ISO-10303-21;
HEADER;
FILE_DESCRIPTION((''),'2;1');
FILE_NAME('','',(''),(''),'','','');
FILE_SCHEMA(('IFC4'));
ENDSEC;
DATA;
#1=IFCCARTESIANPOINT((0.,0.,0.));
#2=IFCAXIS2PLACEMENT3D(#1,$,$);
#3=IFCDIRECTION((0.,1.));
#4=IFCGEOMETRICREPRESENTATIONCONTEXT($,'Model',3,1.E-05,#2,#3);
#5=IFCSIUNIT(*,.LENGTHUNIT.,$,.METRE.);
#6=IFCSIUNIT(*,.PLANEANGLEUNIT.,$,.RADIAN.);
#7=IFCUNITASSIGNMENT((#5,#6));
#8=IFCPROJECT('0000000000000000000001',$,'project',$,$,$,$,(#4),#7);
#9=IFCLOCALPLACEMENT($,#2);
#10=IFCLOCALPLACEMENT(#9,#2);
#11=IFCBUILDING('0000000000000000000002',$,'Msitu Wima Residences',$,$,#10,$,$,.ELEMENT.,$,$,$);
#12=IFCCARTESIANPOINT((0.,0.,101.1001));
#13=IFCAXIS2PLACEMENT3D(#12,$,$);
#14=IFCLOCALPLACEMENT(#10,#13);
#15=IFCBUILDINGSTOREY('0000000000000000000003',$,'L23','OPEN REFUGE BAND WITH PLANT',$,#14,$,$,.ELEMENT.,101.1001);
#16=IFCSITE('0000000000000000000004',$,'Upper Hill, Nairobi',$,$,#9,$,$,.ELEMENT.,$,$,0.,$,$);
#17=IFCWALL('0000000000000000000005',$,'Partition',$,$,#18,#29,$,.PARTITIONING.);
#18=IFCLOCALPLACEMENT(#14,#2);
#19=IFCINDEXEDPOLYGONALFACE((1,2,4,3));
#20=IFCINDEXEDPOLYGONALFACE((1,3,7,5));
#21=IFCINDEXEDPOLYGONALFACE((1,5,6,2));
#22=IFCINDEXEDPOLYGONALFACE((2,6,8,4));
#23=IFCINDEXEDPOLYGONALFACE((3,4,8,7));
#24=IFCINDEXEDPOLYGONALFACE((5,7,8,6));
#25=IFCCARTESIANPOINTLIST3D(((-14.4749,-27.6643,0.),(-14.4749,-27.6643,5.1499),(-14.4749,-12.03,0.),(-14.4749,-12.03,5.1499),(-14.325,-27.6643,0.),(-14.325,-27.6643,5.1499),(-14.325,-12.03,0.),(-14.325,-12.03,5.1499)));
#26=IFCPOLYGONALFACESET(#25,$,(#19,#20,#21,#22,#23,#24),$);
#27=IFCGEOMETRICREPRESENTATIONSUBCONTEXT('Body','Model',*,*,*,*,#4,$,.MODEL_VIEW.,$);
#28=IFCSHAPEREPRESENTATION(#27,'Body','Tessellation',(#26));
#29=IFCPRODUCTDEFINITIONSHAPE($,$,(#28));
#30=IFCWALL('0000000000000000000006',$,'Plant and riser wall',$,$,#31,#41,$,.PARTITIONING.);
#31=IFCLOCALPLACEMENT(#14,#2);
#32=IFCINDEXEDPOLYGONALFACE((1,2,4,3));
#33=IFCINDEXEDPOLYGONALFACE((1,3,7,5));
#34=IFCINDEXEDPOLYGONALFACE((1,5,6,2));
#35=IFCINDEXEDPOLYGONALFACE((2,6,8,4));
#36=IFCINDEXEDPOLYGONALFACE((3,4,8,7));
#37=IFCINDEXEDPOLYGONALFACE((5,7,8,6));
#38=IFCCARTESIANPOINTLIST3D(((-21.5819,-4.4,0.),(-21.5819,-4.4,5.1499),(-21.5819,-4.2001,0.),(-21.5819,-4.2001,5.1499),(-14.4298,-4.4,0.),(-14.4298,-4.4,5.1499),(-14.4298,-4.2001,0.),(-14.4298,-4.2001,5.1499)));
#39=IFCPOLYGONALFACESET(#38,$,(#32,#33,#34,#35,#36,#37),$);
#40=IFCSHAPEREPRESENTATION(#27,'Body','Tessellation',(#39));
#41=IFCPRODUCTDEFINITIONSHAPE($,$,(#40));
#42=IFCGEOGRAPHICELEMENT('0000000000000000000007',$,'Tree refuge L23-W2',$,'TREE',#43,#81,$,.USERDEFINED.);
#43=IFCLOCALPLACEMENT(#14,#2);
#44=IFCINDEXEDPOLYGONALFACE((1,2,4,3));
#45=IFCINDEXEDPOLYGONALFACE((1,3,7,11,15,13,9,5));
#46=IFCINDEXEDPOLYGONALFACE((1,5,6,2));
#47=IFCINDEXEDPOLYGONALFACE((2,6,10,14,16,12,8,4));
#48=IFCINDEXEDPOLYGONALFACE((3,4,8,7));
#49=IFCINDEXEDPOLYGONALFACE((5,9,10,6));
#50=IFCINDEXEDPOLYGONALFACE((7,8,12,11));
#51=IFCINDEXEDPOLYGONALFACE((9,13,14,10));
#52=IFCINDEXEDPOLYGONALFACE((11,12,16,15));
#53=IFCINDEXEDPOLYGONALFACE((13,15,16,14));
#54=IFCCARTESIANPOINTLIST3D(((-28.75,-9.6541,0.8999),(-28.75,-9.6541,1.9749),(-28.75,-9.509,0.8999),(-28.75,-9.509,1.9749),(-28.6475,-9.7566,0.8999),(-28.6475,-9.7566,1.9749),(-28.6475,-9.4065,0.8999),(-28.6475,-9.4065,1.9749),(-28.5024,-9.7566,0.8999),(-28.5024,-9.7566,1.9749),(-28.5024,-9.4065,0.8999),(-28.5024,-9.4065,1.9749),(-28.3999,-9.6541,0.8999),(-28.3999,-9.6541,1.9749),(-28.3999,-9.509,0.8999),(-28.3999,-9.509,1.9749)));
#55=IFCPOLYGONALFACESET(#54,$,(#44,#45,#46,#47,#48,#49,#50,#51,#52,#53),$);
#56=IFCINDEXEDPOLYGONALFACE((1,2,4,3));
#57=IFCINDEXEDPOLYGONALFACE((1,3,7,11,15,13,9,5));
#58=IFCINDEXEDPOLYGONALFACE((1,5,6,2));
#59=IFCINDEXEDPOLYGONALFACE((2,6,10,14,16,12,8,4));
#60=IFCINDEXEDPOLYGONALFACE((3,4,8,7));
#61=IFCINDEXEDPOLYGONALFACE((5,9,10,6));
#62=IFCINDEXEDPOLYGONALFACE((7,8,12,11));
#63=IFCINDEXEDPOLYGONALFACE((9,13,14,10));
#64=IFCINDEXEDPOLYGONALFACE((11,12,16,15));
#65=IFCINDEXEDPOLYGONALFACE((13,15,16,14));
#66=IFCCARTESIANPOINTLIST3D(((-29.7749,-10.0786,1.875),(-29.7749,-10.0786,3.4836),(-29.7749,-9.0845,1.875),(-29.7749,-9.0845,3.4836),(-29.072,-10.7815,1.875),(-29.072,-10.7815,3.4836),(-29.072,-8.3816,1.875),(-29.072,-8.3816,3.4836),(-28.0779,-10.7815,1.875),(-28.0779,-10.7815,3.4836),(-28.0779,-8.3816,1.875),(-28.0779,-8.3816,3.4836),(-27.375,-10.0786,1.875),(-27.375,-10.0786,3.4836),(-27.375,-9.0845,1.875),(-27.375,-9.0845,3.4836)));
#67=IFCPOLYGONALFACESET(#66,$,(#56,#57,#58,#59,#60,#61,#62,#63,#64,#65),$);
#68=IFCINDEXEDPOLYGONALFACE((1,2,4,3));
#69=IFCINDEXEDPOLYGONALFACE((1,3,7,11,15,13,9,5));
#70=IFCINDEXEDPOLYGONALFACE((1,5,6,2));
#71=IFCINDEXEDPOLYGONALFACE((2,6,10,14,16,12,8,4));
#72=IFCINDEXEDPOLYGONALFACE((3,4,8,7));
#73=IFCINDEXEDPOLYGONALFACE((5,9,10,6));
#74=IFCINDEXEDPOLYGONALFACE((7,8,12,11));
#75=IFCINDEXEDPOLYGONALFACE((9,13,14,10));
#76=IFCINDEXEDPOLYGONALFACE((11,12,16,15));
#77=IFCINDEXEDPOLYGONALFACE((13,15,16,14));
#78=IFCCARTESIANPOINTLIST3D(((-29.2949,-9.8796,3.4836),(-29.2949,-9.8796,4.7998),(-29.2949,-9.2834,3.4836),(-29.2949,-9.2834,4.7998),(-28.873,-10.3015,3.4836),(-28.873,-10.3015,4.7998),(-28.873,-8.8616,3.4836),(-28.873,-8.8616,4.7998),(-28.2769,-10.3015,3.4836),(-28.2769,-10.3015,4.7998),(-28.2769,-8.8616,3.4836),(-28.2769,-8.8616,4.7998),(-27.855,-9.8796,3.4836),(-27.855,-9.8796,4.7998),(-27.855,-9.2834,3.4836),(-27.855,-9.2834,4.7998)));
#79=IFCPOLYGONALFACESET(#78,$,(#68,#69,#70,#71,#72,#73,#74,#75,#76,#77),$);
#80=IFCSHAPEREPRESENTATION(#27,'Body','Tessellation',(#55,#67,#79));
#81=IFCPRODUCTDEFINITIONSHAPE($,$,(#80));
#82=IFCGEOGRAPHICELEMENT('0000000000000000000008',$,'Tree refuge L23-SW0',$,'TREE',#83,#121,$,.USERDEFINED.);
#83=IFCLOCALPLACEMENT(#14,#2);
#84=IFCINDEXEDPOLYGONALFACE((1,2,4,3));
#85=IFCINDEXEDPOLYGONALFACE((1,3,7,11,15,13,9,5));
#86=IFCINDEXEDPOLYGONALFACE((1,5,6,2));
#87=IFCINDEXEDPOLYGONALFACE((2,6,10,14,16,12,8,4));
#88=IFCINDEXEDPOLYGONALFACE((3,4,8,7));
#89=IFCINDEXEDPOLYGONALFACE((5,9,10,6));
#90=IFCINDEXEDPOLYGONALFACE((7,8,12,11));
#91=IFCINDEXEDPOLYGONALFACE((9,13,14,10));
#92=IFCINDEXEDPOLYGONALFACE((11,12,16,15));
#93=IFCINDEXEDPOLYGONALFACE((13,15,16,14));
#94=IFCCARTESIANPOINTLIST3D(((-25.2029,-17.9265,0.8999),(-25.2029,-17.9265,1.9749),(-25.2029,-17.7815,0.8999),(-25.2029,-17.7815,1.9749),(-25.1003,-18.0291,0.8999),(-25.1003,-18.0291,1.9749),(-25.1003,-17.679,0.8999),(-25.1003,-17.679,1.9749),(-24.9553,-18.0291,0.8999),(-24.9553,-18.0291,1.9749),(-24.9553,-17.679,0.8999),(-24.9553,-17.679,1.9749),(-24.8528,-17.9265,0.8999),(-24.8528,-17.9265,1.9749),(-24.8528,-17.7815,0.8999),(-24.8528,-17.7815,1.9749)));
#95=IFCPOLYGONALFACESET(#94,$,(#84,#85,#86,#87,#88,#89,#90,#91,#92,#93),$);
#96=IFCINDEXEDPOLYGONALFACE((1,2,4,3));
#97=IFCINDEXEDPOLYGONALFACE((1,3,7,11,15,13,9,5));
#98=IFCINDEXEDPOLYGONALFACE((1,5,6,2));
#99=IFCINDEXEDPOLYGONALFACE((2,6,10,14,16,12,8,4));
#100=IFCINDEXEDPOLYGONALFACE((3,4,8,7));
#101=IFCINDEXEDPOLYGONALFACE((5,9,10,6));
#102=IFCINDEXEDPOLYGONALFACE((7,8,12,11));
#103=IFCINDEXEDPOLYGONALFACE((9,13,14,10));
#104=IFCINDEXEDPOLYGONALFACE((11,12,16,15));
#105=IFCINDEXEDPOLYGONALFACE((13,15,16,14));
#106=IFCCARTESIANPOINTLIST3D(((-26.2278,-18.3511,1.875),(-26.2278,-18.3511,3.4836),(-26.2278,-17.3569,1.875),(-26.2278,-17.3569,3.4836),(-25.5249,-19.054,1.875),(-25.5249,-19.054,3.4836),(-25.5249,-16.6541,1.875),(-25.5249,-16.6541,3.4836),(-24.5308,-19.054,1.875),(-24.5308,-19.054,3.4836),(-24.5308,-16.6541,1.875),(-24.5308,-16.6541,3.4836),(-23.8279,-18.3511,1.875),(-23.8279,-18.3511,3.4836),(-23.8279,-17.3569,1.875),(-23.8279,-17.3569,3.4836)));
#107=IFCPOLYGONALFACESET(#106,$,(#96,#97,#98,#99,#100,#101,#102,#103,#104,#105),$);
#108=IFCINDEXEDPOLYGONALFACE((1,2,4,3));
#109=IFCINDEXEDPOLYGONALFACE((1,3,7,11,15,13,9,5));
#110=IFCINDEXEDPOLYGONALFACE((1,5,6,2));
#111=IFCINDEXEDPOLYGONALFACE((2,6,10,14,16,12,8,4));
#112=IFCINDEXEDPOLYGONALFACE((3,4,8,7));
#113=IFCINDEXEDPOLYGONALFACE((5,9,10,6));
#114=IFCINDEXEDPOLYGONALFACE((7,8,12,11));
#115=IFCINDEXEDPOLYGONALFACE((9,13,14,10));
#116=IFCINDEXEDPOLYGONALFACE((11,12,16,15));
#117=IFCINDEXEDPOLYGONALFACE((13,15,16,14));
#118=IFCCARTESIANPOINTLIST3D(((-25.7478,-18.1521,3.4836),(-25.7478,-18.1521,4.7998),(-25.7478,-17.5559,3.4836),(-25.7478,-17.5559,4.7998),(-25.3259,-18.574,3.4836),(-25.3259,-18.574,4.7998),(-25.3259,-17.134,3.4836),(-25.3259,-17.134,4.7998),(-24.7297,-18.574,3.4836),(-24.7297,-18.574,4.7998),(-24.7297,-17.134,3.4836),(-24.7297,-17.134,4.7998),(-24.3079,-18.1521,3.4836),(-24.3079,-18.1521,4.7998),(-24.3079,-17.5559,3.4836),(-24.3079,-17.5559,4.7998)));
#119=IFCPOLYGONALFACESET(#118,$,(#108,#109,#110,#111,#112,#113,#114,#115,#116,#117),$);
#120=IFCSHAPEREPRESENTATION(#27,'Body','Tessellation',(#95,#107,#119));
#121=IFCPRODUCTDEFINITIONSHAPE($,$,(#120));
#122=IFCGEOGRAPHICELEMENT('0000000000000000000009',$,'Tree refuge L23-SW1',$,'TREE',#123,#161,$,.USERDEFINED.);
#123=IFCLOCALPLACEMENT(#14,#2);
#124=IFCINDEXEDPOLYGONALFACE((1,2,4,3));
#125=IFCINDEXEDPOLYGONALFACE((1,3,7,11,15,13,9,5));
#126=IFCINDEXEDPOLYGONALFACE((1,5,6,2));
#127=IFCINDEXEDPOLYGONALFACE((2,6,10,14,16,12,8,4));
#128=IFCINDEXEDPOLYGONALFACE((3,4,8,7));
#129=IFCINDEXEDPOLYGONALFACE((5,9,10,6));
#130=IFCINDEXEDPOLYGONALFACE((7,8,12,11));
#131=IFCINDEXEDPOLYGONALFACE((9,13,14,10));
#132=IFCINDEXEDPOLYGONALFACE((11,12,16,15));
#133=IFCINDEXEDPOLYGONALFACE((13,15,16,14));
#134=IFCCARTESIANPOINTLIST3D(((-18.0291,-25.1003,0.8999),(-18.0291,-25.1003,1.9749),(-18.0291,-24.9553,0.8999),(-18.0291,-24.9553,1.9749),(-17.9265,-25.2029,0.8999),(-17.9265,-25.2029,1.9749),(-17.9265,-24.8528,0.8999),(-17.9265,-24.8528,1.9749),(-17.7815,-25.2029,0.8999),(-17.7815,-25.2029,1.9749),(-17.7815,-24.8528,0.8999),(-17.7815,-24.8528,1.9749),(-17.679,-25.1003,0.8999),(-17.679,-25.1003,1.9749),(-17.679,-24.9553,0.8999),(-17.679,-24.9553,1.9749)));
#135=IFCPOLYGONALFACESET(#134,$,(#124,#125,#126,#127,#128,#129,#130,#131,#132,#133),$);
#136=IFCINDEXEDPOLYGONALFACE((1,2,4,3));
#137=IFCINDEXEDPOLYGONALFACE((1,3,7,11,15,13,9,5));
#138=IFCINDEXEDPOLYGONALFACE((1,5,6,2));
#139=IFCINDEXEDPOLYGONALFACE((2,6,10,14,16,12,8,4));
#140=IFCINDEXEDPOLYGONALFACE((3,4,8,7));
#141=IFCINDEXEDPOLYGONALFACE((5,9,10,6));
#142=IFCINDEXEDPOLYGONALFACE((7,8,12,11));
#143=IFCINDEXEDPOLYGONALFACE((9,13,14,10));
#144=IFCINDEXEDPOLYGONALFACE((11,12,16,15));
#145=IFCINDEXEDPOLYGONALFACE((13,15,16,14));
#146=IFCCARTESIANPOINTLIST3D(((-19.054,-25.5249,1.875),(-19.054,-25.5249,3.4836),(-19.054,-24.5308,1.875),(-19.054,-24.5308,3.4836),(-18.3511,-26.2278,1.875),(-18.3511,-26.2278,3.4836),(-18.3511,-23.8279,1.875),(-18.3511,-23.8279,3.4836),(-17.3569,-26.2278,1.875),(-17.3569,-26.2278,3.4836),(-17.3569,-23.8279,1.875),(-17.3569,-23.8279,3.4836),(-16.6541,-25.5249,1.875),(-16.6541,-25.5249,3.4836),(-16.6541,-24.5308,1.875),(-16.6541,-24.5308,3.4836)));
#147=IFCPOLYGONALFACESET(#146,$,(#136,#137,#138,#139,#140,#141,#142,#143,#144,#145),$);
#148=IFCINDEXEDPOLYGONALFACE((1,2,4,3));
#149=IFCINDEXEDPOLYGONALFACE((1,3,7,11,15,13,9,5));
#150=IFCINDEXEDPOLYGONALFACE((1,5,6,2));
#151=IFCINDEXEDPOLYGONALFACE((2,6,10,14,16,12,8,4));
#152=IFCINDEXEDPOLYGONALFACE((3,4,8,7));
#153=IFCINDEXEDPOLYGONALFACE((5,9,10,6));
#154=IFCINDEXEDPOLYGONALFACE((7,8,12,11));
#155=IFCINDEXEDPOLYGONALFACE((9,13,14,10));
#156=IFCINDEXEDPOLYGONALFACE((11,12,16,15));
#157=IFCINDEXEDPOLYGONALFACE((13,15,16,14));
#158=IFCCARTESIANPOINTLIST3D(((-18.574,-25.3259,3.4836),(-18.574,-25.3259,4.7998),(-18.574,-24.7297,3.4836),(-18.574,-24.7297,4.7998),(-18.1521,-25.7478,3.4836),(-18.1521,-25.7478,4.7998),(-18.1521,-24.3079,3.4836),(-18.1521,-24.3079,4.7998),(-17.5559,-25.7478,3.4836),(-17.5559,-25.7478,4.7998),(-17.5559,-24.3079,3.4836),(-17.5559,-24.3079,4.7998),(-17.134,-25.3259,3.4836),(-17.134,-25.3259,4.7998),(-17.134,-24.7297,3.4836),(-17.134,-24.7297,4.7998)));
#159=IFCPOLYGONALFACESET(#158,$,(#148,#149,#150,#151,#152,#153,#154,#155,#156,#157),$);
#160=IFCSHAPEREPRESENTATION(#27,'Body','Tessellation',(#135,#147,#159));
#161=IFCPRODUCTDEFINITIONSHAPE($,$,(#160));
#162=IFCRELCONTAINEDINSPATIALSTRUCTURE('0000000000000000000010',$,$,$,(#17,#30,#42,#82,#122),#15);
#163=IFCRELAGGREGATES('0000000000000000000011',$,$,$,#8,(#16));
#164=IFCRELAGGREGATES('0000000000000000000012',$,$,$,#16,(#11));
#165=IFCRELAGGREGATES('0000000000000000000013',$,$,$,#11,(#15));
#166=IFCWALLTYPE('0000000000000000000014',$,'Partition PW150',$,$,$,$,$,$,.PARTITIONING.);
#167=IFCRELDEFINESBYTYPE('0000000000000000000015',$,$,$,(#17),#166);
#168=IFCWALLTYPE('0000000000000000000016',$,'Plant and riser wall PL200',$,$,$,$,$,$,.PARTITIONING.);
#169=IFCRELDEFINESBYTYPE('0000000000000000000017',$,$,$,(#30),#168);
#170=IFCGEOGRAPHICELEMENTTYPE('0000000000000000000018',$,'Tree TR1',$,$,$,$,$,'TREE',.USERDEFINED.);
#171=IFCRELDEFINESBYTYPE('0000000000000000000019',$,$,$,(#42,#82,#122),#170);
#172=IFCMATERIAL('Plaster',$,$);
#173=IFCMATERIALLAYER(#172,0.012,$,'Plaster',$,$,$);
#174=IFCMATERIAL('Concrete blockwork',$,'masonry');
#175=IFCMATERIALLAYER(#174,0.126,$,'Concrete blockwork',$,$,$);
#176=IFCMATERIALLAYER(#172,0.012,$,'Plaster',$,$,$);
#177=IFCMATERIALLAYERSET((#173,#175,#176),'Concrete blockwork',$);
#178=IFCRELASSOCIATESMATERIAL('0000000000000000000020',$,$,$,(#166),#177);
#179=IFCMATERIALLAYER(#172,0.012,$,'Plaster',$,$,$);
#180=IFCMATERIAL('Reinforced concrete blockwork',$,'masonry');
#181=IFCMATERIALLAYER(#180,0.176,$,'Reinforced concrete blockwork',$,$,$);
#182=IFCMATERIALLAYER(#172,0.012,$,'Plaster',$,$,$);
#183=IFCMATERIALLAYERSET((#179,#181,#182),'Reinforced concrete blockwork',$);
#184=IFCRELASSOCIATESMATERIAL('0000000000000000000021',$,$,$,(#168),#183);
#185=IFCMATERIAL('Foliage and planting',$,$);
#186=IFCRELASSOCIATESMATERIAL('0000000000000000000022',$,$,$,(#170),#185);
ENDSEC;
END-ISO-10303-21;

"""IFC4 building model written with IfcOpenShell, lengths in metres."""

from ifc_helpers import new_model, si_unit, direction, frame, frame_2d, origin, place, context, subcontext, project, spatial, polyline, rectangle, outline, extrude, material, layer, layer_set, type_object, element, save


model = new_model("IFC4")

# Units and contexts
model_context = context("Model", 3, precision=1e-05, world=origin(), true_north=direction((0.0, 1.0)))
body_context = subcontext(model_context, "Body", "Model", "MODEL_VIEW")
ifc_project = project(units=[si_unit("LENGTHUNIT", "METRE"), si_unit("PLANEANGLEUNIT", "RADIAN")], contexts=[model_context])

# Site, building, storey
site_placement = place(None, origin())
site = spatial("IfcSite", under=ifc_project, at=site_placement, Name="Upper Hill, Nairobi", CompositionType="ELEMENT", RefElevation=0.0)
building_placement = place(site_placement, origin())
building = spatial("IfcBuilding", under=site, at=building_placement, Name="Msitu Wima Residences", CompositionType="ELEMENT")
storey_placement = place(building_placement, frame((0.0, 0.0, 101.1001)))
storey = spatial("IfcBuildingStorey", under=building, at=storey_placement, Name="L23", Description="OPEN REFUGE BAND WITH PLANT", CompositionType="ELEMENT", Elevation=101.1001)

# Walls
ifc_material_1 = material(Name="Plaster")
ifc_layer_1 = layer(ifc_material_1, 0.012, Name="Plaster")
ifc_material_2 = material(Name="Concrete blockwork", Category="masonry")
ifc_layer_2 = layer(ifc_material_2, 0.126, Name="Concrete blockwork")
ifc_layer_3 = layer(ifc_material_1, 0.012, Name="Plaster")
ifc_layer_set_1 = layer_set([ifc_layer_1, ifc_layer_2, ifc_layer_3], Name="Concrete blockwork")
wall_type_1 = type_object("IfcWallType", Name="Partition PW150", PredefinedType="PARTITIONING", material=ifc_layer_set_1)
wall_1_placement = place(storey_placement, frame((-14.3999, -27.6643, 0.0), z_axis=(0.0, 0.0, 1.0), x_axis=(0.0, 1.0, 0.0)))
element("IfcWall", 1, at=wall_1_placement, inside=storey, type_object=wall_type_1, Name="Partition", PredefinedType="PARTITIONING", context=body_context, shape_type="SweptSolid", body=[
    extrude(rectangle(XDim=15.6343, YDim=0.1499, at=frame_2d((7.8171, 0.0))), origin(), (0.0, 0.0, 1.0), 5.1499),
])
ifc_layer_4 = layer(ifc_material_1, 0.012, Name="Plaster")
ifc_material_3 = material(Name="Reinforced concrete blockwork", Category="masonry")
ifc_layer_5 = layer(ifc_material_3, 0.176, Name="Reinforced concrete blockwork")
ifc_layer_6 = layer(ifc_material_1, 0.012, Name="Plaster")
ifc_layer_set_2 = layer_set([ifc_layer_4, ifc_layer_5, ifc_layer_6], Name="Reinforced concrete blockwork")
wall_type_2 = type_object("IfcWallType", Name="Plant and riser wall PL200", PredefinedType="PARTITIONING", material=ifc_layer_set_2)
wall_2_placement = place(storey_placement, frame((-21.582, -4.3, 0.0), z_axis=(0.0, 0.0, 1.0), x_axis=(1.0, 0.0, 0.0)))
element("IfcWall", 2, at=wall_2_placement, inside=storey, type_object=wall_type_2, Name="Plant and riser wall", PredefinedType="PARTITIONING", context=body_context, shape_type="SweptSolid", body=[
    extrude(rectangle(XDim=7.1521, YDim=0.2, at=frame_2d((3.5762, 0.0))), origin(), (0.0, 0.0, 1.0), 5.1499),
])

# Geographic elements
ifc_material_4 = material(Name="Foliage and planting")
geographic_element_type = type_object("IfcGeographicElementType", Name="Tree TR1", ElementType="TREE", PredefinedType="USERDEFINED", material=ifc_material_4)
for number, where, z_axis, x_axis, name in (
    (3, (-28.575, -9.5815, 0.8999), (0.0, 0.0, 1.0), (1.0, 0.0, 0.0), "Tree refuge L23-W2"),
    (4, (-25.0278, -17.854, 0.8999), (0.0, 0.0, 1.0), (1.0, 0.0, 0.0), "Tree refuge L23-SW0"),
    (5, (-17.854, -25.0278, 0.8999), (0.0, 0.0, 1.0), (1.0, 0.0, 0.0), "Tree refuge L23-SW1"),
):
    element("IfcGeographicElement", number, at=place(storey_placement, frame(where, z_axis=z_axis, x_axis=x_axis)), inside=storey, type_object=geographic_element_type, Name=name, ObjectType="TREE", PredefinedType="USERDEFINED", context=body_context, shape_type="SweptSolid", body=[
        extrude(outline(polyline([(0.175, 0.0725), (0.0725, 0.175), (-0.0725, 0.175), (-0.175, 0.0725), (-0.175, -0.0725), (-0.0725, -0.175), (0.0725, -0.175), (0.175, -0.0725), (0.175, 0.0725)])), origin(), (0.0, 0.0, 1.0), 1.075),
        extrude(outline(polyline([(1.2, 0.4971), (0.4971, 1.2), (-0.4971, 1.2), (-1.2, 0.4971), (-1.2, -0.4971), (-0.4971, -1.2), (0.4971, -1.2), (1.2, -0.4971), (1.2, 0.4971)])), frame((0.0, 0.0, 0.9751)), (0.0, 0.0, 1.0), 1.6086),
        extrude(outline(polyline([(0.72, 0.2981), (0.2981, 0.72), (-0.2981, 0.72), (-0.72, 0.2981), (-0.72, -0.2981), (-0.2981, -0.72), (0.2981, -0.72), (0.72, -0.2981), (0.72, 0.2981)])), frame((0.0, 0.0, 2.5837)), (0.0, 0.0, 1.0), 1.3162),
    ])

save(model, "model.ifc")
